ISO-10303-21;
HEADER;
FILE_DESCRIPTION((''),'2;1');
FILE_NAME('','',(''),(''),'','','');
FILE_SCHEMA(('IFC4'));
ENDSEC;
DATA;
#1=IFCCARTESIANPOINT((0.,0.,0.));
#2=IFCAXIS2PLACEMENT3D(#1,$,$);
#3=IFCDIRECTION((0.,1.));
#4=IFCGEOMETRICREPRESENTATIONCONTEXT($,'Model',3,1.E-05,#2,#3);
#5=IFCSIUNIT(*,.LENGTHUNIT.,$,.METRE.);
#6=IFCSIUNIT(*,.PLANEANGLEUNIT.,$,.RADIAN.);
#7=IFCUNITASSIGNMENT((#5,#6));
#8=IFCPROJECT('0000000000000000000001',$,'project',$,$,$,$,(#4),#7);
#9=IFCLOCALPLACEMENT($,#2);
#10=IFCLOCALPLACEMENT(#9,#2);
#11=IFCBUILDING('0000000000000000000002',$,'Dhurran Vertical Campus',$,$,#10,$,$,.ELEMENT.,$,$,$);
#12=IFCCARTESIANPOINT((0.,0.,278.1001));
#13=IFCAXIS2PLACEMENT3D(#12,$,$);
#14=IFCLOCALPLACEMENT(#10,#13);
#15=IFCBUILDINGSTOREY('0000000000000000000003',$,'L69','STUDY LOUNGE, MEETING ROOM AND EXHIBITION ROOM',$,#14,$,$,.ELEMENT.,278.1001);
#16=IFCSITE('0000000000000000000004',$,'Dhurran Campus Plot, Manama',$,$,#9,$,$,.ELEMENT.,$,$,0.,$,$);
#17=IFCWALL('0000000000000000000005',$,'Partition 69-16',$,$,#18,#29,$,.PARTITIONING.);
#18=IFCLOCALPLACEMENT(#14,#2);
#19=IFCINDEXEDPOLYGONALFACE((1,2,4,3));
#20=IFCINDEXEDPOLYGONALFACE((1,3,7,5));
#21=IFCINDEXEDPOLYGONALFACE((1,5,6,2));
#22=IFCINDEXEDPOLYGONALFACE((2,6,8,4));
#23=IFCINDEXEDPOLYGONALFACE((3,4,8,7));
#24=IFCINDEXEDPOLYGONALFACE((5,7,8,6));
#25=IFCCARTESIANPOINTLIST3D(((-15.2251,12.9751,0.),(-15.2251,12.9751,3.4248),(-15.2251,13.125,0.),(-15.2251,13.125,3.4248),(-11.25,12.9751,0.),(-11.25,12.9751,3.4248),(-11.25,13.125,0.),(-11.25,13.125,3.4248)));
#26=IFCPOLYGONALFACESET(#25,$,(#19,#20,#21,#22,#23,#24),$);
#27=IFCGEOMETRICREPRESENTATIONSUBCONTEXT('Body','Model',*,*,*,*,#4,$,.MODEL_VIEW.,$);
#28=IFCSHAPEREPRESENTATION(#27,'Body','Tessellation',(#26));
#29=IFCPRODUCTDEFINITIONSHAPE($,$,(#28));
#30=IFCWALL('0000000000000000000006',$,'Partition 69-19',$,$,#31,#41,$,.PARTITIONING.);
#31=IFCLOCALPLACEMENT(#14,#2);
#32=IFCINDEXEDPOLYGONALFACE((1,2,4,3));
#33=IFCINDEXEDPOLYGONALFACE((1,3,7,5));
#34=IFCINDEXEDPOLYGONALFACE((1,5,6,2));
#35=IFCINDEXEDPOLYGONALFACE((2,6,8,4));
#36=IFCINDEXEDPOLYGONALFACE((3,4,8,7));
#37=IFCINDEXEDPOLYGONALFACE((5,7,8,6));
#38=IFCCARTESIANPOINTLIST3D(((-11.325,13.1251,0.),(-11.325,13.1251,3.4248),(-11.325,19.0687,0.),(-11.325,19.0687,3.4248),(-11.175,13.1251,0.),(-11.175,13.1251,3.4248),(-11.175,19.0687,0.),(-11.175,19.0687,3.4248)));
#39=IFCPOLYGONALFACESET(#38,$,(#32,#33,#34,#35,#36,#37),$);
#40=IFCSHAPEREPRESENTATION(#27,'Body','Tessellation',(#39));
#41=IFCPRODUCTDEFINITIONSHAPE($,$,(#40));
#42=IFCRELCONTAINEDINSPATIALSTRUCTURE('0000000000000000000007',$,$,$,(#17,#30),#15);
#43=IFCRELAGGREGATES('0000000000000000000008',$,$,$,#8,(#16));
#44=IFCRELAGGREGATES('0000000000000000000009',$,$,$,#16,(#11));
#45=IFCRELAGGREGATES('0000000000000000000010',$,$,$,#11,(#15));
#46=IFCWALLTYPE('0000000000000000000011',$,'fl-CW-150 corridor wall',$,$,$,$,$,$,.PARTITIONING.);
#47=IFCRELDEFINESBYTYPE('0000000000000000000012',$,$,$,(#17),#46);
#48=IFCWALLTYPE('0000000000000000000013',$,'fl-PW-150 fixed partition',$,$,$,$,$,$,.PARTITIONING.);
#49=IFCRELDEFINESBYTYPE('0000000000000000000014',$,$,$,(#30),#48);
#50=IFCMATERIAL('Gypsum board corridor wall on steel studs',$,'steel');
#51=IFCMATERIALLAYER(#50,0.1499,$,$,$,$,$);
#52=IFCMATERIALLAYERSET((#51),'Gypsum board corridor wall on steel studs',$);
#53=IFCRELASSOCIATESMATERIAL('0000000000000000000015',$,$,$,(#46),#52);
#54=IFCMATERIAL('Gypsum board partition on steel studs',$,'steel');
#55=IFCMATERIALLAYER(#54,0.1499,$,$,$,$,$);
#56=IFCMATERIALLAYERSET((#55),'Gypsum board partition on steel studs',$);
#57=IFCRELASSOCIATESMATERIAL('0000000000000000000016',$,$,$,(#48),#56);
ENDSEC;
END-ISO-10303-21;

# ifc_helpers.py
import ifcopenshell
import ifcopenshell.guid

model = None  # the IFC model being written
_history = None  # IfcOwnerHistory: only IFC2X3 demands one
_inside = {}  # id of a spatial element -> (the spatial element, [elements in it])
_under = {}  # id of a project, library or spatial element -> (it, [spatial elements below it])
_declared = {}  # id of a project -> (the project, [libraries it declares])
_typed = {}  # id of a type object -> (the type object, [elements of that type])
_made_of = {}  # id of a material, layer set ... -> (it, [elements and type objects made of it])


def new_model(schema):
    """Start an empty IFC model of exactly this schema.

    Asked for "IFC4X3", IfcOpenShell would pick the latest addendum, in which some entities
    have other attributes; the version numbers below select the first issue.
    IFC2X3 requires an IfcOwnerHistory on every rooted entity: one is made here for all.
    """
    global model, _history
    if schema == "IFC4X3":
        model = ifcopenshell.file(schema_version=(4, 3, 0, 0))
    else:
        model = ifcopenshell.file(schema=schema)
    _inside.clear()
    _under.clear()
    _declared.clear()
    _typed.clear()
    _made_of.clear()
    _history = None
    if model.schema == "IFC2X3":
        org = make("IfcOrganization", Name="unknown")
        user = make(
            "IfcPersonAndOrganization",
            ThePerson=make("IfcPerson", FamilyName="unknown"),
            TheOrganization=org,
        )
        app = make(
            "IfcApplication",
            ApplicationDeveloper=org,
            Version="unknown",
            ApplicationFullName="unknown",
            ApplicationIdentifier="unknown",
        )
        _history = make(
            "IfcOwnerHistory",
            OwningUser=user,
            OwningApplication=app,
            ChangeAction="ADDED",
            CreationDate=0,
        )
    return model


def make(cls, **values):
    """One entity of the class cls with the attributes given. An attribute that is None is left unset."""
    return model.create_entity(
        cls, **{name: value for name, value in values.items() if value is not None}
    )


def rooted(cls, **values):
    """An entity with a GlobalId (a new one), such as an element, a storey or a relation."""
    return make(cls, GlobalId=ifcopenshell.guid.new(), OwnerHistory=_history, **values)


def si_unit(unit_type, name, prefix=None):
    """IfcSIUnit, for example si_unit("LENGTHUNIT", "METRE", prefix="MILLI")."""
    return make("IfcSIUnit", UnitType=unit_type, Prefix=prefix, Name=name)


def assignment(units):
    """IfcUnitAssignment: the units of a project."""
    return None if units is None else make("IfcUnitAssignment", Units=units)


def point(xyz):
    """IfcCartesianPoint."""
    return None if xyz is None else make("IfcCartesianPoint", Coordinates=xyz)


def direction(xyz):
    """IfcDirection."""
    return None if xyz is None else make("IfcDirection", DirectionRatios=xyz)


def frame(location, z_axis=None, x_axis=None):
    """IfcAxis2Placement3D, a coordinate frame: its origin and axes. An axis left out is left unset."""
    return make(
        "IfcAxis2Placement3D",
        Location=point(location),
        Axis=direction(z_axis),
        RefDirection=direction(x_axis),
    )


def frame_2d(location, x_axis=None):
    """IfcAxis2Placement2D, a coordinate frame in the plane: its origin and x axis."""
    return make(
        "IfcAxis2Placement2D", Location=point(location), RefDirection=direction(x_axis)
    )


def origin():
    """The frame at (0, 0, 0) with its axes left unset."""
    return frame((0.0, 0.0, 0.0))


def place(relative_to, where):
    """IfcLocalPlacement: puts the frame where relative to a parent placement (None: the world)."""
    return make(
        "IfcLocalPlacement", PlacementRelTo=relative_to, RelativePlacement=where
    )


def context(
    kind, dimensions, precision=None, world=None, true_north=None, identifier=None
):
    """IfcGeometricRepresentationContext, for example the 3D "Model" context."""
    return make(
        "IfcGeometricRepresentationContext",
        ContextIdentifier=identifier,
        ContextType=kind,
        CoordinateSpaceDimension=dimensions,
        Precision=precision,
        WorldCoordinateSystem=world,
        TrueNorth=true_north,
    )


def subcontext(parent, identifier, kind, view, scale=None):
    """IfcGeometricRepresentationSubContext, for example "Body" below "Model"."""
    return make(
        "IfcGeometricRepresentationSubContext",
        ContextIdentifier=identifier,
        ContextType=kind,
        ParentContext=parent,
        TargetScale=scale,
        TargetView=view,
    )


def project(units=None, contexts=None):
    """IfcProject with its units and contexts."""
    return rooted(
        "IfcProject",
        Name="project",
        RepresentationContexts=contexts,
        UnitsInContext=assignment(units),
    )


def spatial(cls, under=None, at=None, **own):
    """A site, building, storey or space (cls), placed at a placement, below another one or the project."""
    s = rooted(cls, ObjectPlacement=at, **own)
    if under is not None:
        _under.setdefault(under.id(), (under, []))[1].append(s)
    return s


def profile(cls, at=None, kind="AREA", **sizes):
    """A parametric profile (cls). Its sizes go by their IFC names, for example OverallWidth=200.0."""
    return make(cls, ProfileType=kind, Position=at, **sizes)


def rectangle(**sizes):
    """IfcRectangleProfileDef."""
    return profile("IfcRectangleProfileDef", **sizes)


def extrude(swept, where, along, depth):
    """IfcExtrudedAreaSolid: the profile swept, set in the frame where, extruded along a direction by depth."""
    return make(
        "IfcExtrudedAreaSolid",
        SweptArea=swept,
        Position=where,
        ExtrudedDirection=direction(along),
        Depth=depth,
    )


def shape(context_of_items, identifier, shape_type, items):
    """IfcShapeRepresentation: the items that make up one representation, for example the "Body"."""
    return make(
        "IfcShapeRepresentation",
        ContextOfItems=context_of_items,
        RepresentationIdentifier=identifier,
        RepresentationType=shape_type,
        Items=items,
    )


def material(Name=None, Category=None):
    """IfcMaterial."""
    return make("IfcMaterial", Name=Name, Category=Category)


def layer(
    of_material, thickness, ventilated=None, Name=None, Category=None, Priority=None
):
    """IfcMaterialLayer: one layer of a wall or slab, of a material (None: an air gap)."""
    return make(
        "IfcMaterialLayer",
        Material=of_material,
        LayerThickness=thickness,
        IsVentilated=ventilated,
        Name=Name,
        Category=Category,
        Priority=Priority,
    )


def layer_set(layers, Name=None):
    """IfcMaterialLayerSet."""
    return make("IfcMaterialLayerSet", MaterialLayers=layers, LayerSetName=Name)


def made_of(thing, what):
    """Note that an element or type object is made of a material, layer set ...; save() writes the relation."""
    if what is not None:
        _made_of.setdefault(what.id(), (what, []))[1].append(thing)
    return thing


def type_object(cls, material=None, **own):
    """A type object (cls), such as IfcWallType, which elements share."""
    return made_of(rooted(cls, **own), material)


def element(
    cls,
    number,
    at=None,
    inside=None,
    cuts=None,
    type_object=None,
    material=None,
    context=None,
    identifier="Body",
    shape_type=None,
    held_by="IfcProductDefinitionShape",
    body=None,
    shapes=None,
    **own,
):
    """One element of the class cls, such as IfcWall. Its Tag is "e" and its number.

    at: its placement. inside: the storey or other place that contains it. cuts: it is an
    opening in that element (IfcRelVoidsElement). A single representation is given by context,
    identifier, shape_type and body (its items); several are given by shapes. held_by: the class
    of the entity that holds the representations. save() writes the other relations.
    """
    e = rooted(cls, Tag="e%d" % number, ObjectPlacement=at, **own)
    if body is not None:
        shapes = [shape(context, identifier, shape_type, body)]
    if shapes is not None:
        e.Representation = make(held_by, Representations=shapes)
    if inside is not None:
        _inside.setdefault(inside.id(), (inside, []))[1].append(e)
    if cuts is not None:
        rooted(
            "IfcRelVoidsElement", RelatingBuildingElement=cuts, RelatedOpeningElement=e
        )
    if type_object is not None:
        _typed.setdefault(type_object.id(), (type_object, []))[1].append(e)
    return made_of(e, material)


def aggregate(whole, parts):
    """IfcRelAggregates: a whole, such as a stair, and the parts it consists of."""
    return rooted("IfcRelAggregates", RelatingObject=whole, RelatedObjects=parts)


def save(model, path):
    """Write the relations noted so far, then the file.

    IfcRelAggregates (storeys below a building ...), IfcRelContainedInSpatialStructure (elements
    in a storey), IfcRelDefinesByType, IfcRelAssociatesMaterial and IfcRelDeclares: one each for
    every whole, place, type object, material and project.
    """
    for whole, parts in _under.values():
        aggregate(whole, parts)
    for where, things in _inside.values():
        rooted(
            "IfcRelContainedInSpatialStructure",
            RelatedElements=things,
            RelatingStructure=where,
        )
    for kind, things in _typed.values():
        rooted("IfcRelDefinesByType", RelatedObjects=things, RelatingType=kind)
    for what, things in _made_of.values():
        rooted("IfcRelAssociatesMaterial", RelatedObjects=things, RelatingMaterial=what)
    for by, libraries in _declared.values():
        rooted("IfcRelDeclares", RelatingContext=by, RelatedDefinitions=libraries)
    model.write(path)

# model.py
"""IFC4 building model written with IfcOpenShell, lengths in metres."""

from ifc_helpers import new_model, si_unit, direction, frame, frame_2d, origin, place, context, subcontext, project, spatial, rectangle, extrude, material, layer, layer_set, type_object, element, save


model = new_model("IFC4")

# Units and contexts
model_context = context("Model", 3, precision=1e-05, world=origin(), true_north=direction((0.0, 1.0)))
body_context = subcontext(model_context, "Body", "Model", "MODEL_VIEW")
ifc_project = project(units=[si_unit("LENGTHUNIT", "METRE"), si_unit("PLANEANGLEUNIT", "RADIAN")], contexts=[model_context])

# Site, building, storey
site_placement = place(None, origin())
site = spatial("IfcSite", under=ifc_project, at=site_placement, Name="Dhurran Campus Plot, Manama", CompositionType="ELEMENT", RefElevation=0.0)
building_placement = place(site_placement, origin())
building = spatial("IfcBuilding", under=site, at=building_placement, Name="Dhurran Vertical Campus", CompositionType="ELEMENT")
storey_placement = place(building_placement, frame((0.0, 0.0, 278.1001)))
storey = spatial("IfcBuildingStorey", under=building, at=storey_placement, Name="L69", Description="STUDY LOUNGE, MEETING ROOM AND EXHIBITION ROOM", CompositionType="ELEMENT", Elevation=278.1001)

# Shared definitions
ifc_material_1 = material(Name="Gypsum board corridor wall on steel studs", Category="steel")
ifc_layer_1 = layer(ifc_material_1, 0.1499)
ifc_layer_set_1 = layer_set([ifc_layer_1], Name="Gypsum board corridor wall on steel studs")
wall_type_1 = type_object("IfcWallType", Name="fl-CW-150 corridor wall", PredefinedType="PARTITIONING", material=ifc_layer_set_1)

# Walls
wall_1_placement = place(storey_placement, frame((-11.25, 13.05, 0.0), z_axis=(0.0, 0.0, 1.0), x_axis=(-1.0, 0.0, 0.0)))
element("IfcWall", 1, at=wall_1_placement, inside=storey, type_object=wall_type_1, Name="Partition 69-16", PredefinedType="PARTITIONING", context=body_context, shape_type="SweptSolid", body=[
    extrude(rectangle(XDim=3.9751, YDim=0.1499, at=frame_2d((1.9875, 0.0))), origin(), (0.0, 0.0, 1.0), 3.4248),
])
ifc_material_2 = material(Name="Gypsum board partition on steel studs", Category="steel")
ifc_layer_2 = layer(ifc_material_2, 0.1499)
ifc_layer_set_2 = layer_set([ifc_layer_2], Name="Gypsum board partition on steel studs")
wall_type_2 = type_object("IfcWallType", Name="fl-PW-150 fixed partition", PredefinedType="PARTITIONING", material=ifc_layer_set_2)
wall_2_placement = place(storey_placement, frame((-11.25, 19.0686, 0.0), z_axis=(0.0, 0.0, 1.0), x_axis=(0.0, -1.0, 0.0)))
element("IfcWall", 2, at=wall_2_placement, inside=storey, type_object=wall_type_2, Name="Partition 69-19", PredefinedType="PARTITIONING", context=body_context, shape_type="SweptSolid", body=[
    extrude(rectangle(XDim=5.9436, YDim=0.1499, at=frame_2d((2.9717, 0.0))), origin(), (0.0, 0.0, 1.0), 3.4248),
])

save(model, "model.ifc")
